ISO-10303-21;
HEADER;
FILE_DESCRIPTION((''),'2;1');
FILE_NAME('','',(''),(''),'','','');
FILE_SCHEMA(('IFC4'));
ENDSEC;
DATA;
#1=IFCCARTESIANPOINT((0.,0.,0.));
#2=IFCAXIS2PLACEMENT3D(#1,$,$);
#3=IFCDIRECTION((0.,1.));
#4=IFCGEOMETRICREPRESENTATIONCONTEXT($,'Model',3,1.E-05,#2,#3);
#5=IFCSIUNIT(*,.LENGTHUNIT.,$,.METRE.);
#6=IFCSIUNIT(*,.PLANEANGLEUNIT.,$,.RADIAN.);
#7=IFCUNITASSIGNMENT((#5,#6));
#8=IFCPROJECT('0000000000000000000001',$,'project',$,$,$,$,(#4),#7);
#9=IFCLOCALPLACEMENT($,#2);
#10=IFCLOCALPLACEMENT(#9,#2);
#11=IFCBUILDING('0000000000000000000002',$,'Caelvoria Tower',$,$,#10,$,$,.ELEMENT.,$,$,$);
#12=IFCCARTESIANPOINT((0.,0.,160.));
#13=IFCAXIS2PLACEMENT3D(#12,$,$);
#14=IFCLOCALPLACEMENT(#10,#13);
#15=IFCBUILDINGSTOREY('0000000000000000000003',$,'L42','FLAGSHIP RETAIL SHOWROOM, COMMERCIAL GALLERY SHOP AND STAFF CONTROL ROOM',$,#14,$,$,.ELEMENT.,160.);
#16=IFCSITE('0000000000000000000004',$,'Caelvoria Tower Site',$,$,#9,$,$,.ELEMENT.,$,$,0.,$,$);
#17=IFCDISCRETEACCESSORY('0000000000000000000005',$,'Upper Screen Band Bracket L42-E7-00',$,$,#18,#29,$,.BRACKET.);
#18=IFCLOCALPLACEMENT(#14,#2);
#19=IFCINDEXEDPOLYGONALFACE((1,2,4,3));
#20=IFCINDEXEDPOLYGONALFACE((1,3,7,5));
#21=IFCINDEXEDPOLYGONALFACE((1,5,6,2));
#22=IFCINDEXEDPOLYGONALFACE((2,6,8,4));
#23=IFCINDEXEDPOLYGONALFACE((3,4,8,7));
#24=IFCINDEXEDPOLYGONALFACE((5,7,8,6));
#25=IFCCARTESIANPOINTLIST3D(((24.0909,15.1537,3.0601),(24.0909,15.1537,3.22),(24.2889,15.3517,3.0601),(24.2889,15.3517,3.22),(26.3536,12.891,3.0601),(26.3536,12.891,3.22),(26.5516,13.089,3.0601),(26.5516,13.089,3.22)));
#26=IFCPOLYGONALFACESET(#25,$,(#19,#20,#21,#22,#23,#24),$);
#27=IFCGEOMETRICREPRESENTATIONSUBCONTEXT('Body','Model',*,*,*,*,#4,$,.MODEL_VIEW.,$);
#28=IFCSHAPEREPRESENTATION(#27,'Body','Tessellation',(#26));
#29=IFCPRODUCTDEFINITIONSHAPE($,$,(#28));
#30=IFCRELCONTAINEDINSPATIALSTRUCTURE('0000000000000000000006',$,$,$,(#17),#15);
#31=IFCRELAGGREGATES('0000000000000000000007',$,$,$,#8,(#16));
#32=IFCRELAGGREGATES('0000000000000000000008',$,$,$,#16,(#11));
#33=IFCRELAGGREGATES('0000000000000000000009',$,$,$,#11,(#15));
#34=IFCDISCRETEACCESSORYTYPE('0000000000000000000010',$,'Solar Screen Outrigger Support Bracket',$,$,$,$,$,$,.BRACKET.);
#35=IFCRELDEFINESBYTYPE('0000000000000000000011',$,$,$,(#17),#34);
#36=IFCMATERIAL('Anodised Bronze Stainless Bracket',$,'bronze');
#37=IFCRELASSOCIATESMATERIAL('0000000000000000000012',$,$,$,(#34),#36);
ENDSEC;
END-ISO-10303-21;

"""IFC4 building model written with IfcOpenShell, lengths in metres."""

from ifc_helpers import new_model, si_unit, direction, frame, origin, origin_2d, place, context, subcontext, project, spatial, rectangle, extrude, material, type_object, element, save


model = new_model("IFC4")

# Units and contexts
model_context = context("Model", 3, precision=1e-05, world=origin(), true_north=direction((0.0, 1.0)))
body_context = subcontext(model_context, "Body", "Model", "MODEL_VIEW")
ifc_project = project(units=[si_unit("LENGTHUNIT", "METRE"), si_unit("PLANEANGLEUNIT", "RADIAN")], contexts=[model_context])

# Site, building, storey
site_placement = place(None, origin())
site = spatial("IfcSite", under=ifc_project, at=site_placement, Name="Caelvoria Tower Site", CompositionType="ELEMENT", RefElevation=0.0)
building_placement = place(site_placement, origin())
building = spatial("IfcBuilding", under=site, at=building_placement, Name="Caelvoria Tower", CompositionType="ELEMENT")
storey_placement = place(building_placement, frame((0.0, 0.0, 160.0)))
storey = spatial("IfcBuildingStorey", under=building, at=storey_placement, Name="L42", Description="FLAGSHIP RETAIL SHOWROOM, COMMERCIAL GALLERY SHOP AND STAFF CONTROL ROOM", CompositionType="ELEMENT", Elevation=160.0)

# Discrete accessory
ifc_material_1 = material(Name="Anodised Bronze Stainless Bracket", Category="bronze")
discrete_accessory_type = type_object("IfcDiscreteAccessoryType", Name="Solar Screen Outrigger Support Bracket", PredefinedType="BRACKET", material=ifc_material_1)
for number, where, z_axis, x_axis, name in (
    (1, (25.3213, 14.1213, 3.0601), (0.0, 0.0, 1.0), (0.707107, -0.707107, 0.0), "Upper Screen Band Bracket L42-E7-00"),
):
    element("IfcDiscreteAccessory", number, at=place(storey_placement, frame(where, z_axis=z_axis, x_axis=x_axis)), inside=storey, type_object=discrete_accessory_type, Name=name, PredefinedType="BRACKET", context=body_context, shape_type="SweptSolid", body=[
        extrude(rectangle(XDim=3.2, YDim=0.28, at=origin_2d()), origin(), (0.0, 0.0, 1.0), 0.1599),
    ])

save(model, "model.ifc")
